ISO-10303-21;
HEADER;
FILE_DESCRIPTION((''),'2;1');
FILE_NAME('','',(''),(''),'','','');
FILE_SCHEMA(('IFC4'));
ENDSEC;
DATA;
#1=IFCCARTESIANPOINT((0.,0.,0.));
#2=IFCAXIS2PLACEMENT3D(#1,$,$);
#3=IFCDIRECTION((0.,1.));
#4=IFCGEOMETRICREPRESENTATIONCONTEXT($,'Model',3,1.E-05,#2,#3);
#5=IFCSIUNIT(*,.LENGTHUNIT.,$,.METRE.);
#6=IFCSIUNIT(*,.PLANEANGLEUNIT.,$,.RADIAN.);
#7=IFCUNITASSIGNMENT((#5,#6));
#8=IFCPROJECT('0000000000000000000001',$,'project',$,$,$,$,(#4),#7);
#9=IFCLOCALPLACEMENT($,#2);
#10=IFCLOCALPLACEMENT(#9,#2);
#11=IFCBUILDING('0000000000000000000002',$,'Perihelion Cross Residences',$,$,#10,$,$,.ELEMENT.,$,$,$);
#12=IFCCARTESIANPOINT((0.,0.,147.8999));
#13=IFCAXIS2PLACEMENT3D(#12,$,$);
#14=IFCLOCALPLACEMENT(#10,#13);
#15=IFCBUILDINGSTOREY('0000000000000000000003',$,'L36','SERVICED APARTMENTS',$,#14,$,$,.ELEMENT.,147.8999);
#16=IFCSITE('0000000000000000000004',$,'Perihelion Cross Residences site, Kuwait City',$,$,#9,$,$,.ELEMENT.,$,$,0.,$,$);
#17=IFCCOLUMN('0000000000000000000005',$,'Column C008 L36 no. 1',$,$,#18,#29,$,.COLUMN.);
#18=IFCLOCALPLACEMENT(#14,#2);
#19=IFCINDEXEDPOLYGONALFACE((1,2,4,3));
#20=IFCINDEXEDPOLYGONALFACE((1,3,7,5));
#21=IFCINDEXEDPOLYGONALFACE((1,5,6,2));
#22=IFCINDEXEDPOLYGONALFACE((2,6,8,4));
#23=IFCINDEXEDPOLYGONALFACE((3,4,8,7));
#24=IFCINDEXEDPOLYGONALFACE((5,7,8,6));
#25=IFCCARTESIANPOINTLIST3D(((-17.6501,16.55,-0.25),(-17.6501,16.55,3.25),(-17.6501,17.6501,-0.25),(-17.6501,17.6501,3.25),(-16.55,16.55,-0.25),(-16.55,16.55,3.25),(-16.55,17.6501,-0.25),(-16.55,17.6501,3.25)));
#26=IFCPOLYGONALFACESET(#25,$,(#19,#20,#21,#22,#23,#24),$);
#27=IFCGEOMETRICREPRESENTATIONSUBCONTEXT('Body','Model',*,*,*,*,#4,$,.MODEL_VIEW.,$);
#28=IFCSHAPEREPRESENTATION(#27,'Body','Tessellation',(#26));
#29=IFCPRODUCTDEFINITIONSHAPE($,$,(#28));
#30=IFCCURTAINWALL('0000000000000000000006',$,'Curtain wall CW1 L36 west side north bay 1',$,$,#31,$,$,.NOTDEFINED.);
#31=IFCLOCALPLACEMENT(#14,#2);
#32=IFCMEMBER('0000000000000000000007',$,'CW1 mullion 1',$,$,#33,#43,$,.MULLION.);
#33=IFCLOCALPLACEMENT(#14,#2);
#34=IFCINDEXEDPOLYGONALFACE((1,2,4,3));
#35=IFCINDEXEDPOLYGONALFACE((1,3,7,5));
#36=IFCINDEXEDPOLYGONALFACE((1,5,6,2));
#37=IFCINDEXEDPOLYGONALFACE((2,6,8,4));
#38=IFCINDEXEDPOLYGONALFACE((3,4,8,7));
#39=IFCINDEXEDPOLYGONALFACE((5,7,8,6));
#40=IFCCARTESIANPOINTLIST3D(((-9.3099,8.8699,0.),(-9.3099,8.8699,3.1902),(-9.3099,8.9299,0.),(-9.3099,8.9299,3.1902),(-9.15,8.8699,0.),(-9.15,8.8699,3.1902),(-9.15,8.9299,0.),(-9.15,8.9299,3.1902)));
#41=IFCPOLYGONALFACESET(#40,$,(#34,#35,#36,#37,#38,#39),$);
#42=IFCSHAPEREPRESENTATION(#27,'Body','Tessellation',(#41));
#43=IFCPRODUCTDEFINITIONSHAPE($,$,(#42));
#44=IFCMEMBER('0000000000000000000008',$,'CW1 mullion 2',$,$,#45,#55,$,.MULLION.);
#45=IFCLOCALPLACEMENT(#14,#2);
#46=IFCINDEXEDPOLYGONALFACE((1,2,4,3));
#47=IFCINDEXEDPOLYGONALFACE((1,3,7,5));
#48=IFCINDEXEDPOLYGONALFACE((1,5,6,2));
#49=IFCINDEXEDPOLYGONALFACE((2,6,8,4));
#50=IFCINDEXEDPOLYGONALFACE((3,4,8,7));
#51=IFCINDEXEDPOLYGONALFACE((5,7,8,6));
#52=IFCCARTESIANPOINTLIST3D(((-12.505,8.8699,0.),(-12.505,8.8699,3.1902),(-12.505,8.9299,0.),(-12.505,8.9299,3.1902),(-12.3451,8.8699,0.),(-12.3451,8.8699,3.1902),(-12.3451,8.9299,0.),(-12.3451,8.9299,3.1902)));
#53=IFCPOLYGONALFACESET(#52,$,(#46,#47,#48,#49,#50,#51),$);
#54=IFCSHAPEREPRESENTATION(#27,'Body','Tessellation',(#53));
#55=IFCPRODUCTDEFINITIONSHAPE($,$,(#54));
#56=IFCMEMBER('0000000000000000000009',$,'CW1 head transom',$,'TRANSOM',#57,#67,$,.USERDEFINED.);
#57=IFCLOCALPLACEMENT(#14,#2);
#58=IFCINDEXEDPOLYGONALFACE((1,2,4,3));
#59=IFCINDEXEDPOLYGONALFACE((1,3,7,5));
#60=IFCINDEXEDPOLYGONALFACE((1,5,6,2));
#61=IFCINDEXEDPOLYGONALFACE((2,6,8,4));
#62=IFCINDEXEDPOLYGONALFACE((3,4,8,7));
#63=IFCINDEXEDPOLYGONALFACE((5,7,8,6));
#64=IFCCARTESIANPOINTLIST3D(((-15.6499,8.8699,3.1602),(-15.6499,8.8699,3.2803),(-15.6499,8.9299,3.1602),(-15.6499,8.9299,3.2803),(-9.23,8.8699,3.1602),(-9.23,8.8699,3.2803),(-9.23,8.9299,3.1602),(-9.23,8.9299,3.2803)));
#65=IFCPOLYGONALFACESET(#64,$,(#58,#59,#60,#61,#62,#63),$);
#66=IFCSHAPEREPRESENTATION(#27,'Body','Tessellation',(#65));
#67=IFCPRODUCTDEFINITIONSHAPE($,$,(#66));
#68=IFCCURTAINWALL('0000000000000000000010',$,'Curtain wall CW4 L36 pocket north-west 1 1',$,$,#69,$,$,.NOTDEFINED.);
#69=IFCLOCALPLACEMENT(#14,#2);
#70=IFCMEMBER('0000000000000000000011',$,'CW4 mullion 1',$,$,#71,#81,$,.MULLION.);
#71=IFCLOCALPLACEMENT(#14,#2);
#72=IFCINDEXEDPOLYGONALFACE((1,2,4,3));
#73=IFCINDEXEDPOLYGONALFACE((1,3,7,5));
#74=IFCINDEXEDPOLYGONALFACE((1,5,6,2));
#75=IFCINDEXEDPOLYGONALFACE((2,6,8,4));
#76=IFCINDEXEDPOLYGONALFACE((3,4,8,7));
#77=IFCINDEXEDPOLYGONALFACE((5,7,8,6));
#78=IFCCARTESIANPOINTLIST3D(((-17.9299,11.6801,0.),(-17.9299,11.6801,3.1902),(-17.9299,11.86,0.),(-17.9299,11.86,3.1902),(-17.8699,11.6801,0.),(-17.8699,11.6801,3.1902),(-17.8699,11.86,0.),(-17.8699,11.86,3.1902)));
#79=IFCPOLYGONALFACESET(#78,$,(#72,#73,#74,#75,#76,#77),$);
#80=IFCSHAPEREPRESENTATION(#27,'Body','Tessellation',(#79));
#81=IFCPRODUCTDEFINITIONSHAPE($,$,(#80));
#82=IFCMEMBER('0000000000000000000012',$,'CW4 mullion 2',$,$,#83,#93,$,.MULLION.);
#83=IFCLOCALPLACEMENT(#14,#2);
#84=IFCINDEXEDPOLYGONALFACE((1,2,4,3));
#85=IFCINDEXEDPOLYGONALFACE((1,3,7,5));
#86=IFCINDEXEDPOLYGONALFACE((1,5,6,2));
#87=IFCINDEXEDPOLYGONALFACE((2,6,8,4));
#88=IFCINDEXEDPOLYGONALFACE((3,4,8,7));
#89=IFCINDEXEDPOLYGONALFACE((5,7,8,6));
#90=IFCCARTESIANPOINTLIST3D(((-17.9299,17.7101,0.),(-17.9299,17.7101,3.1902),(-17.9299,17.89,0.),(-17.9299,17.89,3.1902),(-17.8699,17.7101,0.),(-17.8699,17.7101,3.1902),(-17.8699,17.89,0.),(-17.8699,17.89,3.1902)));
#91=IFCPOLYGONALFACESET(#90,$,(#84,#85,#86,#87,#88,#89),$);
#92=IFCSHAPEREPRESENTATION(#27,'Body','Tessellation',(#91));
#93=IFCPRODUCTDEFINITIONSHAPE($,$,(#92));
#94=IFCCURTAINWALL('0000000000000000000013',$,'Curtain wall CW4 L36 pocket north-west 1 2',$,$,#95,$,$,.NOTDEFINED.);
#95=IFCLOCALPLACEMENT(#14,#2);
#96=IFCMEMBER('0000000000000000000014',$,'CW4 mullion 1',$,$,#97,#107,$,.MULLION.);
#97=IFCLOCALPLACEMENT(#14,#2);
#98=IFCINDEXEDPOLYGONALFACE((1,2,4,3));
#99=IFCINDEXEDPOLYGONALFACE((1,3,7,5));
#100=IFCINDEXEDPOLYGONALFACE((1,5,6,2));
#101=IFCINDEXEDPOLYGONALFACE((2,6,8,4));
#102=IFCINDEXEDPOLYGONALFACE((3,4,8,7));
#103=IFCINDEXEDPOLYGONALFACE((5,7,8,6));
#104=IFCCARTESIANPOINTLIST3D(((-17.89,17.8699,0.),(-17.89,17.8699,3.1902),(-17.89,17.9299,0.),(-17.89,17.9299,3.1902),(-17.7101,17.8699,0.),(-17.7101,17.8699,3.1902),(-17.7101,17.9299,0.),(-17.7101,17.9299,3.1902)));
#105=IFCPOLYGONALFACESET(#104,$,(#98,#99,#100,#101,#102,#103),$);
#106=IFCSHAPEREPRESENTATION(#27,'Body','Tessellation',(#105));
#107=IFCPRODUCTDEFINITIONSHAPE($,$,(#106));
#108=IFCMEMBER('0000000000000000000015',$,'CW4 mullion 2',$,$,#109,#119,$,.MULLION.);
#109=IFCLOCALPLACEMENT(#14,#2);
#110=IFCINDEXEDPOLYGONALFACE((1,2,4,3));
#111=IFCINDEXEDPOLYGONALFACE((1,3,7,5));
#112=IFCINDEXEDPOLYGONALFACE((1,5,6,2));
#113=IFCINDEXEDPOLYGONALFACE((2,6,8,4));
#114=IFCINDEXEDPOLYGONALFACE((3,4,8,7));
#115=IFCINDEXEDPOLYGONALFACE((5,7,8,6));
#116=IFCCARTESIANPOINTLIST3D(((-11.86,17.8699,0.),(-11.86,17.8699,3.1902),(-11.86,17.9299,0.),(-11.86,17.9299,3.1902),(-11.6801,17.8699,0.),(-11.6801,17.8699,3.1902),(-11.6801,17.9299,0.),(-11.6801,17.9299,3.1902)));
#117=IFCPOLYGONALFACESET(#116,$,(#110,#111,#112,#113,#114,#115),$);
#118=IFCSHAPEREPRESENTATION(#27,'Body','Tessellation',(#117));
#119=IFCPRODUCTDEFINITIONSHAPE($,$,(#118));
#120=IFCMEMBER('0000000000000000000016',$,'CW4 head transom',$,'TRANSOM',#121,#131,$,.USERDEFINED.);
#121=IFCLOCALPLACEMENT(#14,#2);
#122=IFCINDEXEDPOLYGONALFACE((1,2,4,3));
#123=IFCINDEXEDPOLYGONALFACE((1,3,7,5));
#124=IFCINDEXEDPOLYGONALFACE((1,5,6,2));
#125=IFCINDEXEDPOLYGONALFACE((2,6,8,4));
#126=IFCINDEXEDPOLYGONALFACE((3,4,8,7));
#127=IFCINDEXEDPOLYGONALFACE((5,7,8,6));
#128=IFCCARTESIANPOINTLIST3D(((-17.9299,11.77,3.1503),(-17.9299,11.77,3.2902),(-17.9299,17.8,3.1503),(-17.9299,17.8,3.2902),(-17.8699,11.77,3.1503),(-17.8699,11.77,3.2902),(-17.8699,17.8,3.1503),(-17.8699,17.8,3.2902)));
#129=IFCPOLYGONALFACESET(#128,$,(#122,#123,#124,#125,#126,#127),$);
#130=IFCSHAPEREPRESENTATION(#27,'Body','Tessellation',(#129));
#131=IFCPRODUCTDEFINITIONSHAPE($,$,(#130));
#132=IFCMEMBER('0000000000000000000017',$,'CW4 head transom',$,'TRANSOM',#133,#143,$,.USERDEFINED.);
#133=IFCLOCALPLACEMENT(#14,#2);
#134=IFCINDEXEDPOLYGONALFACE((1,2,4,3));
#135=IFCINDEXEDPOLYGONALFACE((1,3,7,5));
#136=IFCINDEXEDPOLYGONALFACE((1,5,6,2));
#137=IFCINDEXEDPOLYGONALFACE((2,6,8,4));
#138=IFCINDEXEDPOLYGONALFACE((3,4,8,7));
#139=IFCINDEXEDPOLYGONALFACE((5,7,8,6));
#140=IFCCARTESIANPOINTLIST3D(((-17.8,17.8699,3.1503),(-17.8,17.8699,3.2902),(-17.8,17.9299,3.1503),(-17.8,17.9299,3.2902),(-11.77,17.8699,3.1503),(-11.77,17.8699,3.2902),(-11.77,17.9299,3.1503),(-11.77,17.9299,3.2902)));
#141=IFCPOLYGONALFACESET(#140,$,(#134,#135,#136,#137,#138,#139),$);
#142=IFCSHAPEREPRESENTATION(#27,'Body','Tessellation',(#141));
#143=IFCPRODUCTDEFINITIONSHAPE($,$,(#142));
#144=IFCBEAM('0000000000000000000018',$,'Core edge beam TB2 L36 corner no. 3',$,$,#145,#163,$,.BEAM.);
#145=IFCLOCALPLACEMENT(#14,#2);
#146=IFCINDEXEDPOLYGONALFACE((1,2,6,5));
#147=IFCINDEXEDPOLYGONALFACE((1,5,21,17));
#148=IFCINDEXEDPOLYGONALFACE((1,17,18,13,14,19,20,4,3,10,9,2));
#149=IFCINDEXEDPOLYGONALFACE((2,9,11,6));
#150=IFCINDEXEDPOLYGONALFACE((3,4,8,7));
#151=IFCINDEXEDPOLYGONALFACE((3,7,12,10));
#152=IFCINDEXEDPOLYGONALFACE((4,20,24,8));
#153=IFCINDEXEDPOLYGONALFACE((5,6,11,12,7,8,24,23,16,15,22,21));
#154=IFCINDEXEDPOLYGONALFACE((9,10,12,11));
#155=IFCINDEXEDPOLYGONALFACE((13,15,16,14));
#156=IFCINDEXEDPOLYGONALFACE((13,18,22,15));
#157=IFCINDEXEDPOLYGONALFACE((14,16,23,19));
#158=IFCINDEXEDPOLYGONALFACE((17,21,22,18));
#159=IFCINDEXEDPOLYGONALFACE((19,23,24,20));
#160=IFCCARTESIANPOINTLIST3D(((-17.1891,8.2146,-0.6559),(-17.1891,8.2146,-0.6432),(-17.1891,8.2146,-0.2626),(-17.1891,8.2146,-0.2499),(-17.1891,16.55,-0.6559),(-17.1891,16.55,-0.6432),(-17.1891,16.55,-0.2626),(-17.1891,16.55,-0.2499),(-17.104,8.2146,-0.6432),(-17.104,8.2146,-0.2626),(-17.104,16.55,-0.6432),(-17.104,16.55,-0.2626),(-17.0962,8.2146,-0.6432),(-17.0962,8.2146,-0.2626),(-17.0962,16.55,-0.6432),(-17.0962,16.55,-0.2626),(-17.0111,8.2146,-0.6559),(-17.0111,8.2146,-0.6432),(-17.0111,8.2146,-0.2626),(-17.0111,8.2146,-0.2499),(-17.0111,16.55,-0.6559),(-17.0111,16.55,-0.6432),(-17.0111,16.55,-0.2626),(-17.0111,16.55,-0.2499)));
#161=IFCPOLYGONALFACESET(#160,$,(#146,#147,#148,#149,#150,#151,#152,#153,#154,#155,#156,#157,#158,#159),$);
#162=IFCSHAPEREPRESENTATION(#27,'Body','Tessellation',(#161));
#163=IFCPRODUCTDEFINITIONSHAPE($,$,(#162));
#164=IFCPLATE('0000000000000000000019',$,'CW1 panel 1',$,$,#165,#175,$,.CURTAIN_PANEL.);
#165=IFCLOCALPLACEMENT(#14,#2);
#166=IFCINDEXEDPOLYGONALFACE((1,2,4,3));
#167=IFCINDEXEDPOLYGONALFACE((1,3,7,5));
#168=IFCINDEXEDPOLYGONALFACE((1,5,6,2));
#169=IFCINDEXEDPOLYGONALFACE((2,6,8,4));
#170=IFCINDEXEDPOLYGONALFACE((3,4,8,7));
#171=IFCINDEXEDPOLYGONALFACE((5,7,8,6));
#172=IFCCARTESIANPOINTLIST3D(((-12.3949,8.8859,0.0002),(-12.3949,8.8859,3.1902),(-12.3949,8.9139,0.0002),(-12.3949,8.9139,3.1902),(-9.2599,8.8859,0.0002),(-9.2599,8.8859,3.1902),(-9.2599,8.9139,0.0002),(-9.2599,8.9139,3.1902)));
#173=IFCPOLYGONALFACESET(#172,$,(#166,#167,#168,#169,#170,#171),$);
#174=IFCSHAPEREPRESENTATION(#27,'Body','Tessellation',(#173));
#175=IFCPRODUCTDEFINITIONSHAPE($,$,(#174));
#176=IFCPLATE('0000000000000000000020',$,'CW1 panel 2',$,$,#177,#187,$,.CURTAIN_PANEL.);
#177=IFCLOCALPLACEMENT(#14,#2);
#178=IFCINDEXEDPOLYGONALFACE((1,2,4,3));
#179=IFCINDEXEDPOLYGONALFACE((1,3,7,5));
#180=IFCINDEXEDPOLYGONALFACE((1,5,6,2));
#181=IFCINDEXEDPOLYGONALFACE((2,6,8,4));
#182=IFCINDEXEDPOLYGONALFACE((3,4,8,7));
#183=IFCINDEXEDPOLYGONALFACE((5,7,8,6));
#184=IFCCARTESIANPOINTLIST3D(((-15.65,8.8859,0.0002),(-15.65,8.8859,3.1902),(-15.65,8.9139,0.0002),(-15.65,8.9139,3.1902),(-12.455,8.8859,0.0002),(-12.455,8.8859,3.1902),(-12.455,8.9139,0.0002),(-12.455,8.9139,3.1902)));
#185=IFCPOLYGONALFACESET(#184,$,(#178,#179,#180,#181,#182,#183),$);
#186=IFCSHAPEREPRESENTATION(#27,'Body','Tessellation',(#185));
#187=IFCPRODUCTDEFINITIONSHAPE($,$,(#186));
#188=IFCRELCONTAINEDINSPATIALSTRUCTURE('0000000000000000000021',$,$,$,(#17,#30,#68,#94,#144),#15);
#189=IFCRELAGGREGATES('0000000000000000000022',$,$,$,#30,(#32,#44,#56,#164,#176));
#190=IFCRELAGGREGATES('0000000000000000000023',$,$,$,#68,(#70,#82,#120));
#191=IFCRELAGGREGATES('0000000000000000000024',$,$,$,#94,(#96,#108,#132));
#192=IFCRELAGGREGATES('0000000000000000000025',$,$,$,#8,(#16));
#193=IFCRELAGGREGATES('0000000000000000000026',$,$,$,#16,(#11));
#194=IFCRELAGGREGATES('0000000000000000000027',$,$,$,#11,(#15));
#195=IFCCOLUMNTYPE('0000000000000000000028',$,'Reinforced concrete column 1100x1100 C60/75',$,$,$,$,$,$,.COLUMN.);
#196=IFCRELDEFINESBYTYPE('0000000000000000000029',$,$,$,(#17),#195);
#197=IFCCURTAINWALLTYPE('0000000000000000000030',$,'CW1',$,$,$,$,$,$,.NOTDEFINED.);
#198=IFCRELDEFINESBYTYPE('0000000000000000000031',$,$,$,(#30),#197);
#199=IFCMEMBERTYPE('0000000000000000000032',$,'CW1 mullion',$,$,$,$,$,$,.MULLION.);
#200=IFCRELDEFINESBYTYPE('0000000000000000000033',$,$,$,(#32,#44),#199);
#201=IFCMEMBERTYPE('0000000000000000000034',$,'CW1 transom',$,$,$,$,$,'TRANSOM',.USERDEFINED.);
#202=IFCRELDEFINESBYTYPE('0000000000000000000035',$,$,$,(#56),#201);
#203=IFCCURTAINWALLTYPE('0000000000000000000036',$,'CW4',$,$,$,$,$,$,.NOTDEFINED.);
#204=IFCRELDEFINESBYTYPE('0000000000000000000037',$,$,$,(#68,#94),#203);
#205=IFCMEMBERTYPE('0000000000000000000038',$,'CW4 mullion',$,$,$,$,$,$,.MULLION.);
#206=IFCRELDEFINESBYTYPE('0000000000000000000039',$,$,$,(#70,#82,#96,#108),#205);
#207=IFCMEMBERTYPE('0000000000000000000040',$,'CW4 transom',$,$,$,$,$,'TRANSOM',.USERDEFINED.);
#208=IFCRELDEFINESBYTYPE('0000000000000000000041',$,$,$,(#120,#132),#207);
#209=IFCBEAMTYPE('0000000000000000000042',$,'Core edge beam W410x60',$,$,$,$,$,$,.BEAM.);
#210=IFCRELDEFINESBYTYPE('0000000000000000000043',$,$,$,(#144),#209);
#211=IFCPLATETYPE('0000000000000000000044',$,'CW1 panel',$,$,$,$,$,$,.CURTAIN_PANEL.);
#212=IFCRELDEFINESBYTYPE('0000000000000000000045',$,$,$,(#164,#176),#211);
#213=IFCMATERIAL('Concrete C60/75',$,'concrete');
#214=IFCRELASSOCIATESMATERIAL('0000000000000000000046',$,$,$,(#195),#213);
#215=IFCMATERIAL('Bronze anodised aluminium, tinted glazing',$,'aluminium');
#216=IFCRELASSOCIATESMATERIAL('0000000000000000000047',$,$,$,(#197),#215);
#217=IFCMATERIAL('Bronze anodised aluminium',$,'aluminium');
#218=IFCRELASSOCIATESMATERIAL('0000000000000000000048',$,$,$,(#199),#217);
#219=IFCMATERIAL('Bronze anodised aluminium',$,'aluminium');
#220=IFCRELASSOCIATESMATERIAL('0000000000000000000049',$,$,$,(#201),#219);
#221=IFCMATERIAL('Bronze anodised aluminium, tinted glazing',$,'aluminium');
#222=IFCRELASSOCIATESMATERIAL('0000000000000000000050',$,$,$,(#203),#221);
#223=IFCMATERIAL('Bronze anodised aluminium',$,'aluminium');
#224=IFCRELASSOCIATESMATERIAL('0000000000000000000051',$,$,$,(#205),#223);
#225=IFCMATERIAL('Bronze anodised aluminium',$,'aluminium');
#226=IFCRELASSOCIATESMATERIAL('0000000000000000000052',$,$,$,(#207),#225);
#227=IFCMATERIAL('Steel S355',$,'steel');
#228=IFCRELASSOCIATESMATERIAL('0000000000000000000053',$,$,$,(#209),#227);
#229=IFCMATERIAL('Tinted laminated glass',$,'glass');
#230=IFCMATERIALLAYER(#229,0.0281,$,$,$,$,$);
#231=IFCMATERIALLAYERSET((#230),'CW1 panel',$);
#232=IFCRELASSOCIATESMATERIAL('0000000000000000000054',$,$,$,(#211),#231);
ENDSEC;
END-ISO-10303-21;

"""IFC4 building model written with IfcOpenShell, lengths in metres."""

from ifc_helpers import new_model, si_unit, direction, frame, origin, origin_2d, place, context, subcontext, project, spatial, rectangle, i_section, extrude, material, layer, layer_set, material_profile, profile_set, type_object, element, aggregate, save


model = new_model("IFC4")

# Units and contexts
model_context = context("Model", 3, precision=1e-05, world=origin(), true_north=direction((0.0, 1.0)))
body_context = subcontext(model_context, "Body", "Model", "MODEL_VIEW")
ifc_project = project(units=[si_unit("LENGTHUNIT", "METRE"), si_unit("PLANEANGLEUNIT", "RADIAN")], contexts=[model_context])

# Site, building, storey
site_placement = place(None, origin())
site = spatial("IfcSite", under=ifc_project, at=site_placement, Name="Perihelion Cross Residences site, Kuwait City", CompositionType="ELEMENT", RefElevation=0.0)
building_placement = place(site_placement, origin())
building = spatial("IfcBuilding", under=site, at=building_placement, Name="Perihelion Cross Residences", CompositionType="ELEMENT")
storey_placement = place(building_placement, frame((0.0, 0.0, 147.8999)))
storey = spatial("IfcBuildingStorey", under=building, at=storey_placement, Name="L36", Description="SERVICED APARTMENTS", CompositionType="ELEMENT", Elevation=147.8999)

# Column
ifc_material_1 = material(Name="Concrete C60/75", Category="concrete")
ifc_material_profile_1 = material_profile(ifc_material_1, rectangle(XDim=1.1001, YDim=1.1001, at=origin_2d()), Name="RC 1100x1100")
ifc_profile_set_1 = profile_set([ifc_material_profile_1], Name="Concrete C60/75")
column_type = type_object("IfcColumnType", Name="Reinforced concrete column 1100x1100 C60/75", PredefinedType="COLUMN", material=ifc_profile_set_1)
column_placement = place(storey_placement, frame((-17.1001, 17.1001, -0.25), z_axis=(0.0, 0.0, 1.0), x_axis=(1.0, 0.0, 0.0)))
element("IfcColumn", 1, at=column_placement, inside=storey, type_object=column_type, Name="Column C008 L36 no. 1", PredefinedType="COLUMN", context=body_context, shape_type="SweptSolid", body=[
    extrude(rectangle(XDim=1.1001, YDim=1.1001, at=origin_2d()), origin(), (0.0, 0.0, 1.0), 3.5),
])

# Curtain walls, members
ifc_material_2 = material(Name="Bronze anodised aluminium, tinted glazing", Category="aluminium")
curtain_wall_type_1 = type_object("IfcCurtainWallType", Name="CW1", PredefinedType="NOTDEFINED", material=ifc_material_2)
curtain_wall_1_placement = place(storey_placement, origin())
curtain_wall_1 = element("IfcCurtainWall", 2, at=curtain_wall_1_placement, inside=storey, type_object=curtain_wall_type_1, Name="Curtain wall CW1 L36 west side north bay 1", PredefinedType="NOTDEFINED")
ifc_material_3 = material(Name="Bronze anodised aluminium", Category="aluminium")
ifc_material_profile_2 = material_profile(ifc_material_3, rectangle(XDim=0.0601, YDim=0.1599, at=origin_2d()), Name="CW1 mullion")
ifc_profile_set_2 = profile_set([ifc_material_profile_2], Name="Bronze anodised aluminium")
member_type_1 = type_object("IfcMemberType", Name="CW1 mullion", PredefinedType="MULLION", material=ifc_profile_set_2)
member_1_placement = place(storey_placement, frame((-9.23, 8.8999, 0.0), z_axis=(0.0, 0.0, 1.0), x_axis=(0.0, -1.0, 0.0)))
member_1 = element("IfcMember", 3, at=member_1_placement, type_object=member_type_1, Name="CW1 mullion 1", PredefinedType="MULLION", context=body_context, shape_type="SweptSolid", body=[
    extrude(rectangle(XDim=0.0601, YDim=0.1599, at=origin_2d()), origin(), (0.0, 0.0, 1.0), 3.1902),
])
member_2_placement = place(storey_placement, frame((-12.425, 8.8999, 0.0), z_axis=(0.0, 0.0, 1.0), x_axis=(0.0, -1.0, 0.0)))
member_2 = element("IfcMember", 4, at=member_2_placement, type_object=member_type_1, Name="CW1 mullion 2", PredefinedType="MULLION", context=body_context, shape_type="SweptSolid", body=[
    extrude(rectangle(XDim=0.0601, YDim=0.1599, at=origin_2d()), origin(), (0.0, 0.0, 1.0), 3.1902),
])
ifc_material_4 = material(Name="Bronze anodised aluminium", Category="aluminium")
ifc_material_profile_3 = material_profile(ifc_material_4, rectangle(XDim=0.0601, YDim=0.1201, at=origin_2d()), Name="CW1 transom")
ifc_profile_set_3 = profile_set([ifc_material_profile_3], Name="Bronze anodised aluminium")
member_type_2 = type_object("IfcMemberType", Name="CW1 transom", ElementType="TRANSOM", PredefinedType="USERDEFINED", material=ifc_profile_set_3)
member_3_placement = place(storey_placement, frame((-9.23, 8.8999, 3.2202), z_axis=(-1.0, 0.0, 0.0), x_axis=(0.0, -1.0, 0.0)))
member_3 = element("IfcMember", 5, at=member_3_placement, type_object=member_type_2, Name="CW1 head transom", ObjectType="TRANSOM", PredefinedType="USERDEFINED", context=body_context, shape_type="SweptSolid", body=[
    extrude(rectangle(XDim=0.0601, YDim=0.1201, at=origin_2d()), origin(), (0.0, 0.0, 1.0), 6.4199),
])
ifc_material_5 = material(Name="Bronze anodised aluminium, tinted glazing", Category="aluminium")
curtain_wall_type_2 = type_object("IfcCurtainWallType", Name="CW4", PredefinedType="NOTDEFINED", material=ifc_material_5)
curtain_wall_2_placement = place(storey_placement, origin())
curtain_wall_2 = element("IfcCurtainWall", 6, at=curtain_wall_2_placement, inside=storey, type_object=curtain_wall_type_2, Name="Curtain wall CW4 L36 pocket north-west 1 1", PredefinedType="NOTDEFINED")
ifc_material_6 = material(Name="Bronze anodised aluminium", Category="aluminium")
ifc_material_profile_4 = material_profile(ifc_material_6, rectangle(XDim=0.0601, YDim=0.1799, at=origin_2d()), Name="CW4 mullion")
ifc_profile_set_4 = profile_set([ifc_material_profile_4], Name="Bronze anodised aluminium")
member_type_3 = type_object("IfcMemberType", Name="CW4 mullion", PredefinedType="MULLION", material=ifc_profile_set_4)
member_4_placement = place(storey_placement, frame((-17.8999, 11.77, 0.0), z_axis=(0.0, 0.0, 1.0), x_axis=(-1.0, 0.0, 0.0)))
member_4 = element("IfcMember", 7, at=member_4_placement, type_object=member_type_3, Name="CW4 mullion 1", PredefinedType="MULLION", context=body_context, shape_type="SweptSolid", body=[
    extrude(rectangle(XDim=0.0601, YDim=0.1799, at=origin_2d()), origin(), (0.0, 0.0, 1.0), 3.1902),
])
member_5_placement = place(storey_placement, frame((-17.8999, 17.8, 0.0), z_axis=(0.0, 0.0, 1.0), x_axis=(-1.0, 0.0, 0.0)))
member_5 = element("IfcMember", 8, at=member_5_placement, type_object=member_type_3, Name="CW4 mullion 2", PredefinedType="MULLION", context=body_context, shape_type="SweptSolid", body=[
    extrude(rectangle(XDim=0.0601, YDim=0.1799, at=origin_2d()), origin(), (0.0, 0.0, 1.0), 3.1902),
])
curtain_wall_3_placement = place(storey_placement, origin())
curtain_wall_3 = element("IfcCurtainWall", 9, at=curtain_wall_3_placement, inside=storey, type_object=curtain_wall_type_2, Name="Curtain wall CW4 L36 pocket north-west 1 2", PredefinedType="NOTDEFINED")
member_6_placement = place(storey_placement, frame((-17.8, 17.8999, 0.0), z_axis=(0.0, 0.0, 1.0), x_axis=(0.0, 1.0, 0.0)))
member_6 = element("IfcMember", 10, at=member_6_placement, type_object=member_type_3, Name="CW4 mullion 1", PredefinedType="MULLION", context=body_context, shape_type="SweptSolid", body=[
    extrude(rectangle(XDim=0.0601, YDim=0.1799, at=origin_2d()), origin(), (0.0, 0.0, 1.0), 3.1902),
])
member_7_placement = place(storey_placement, frame((-11.77, 17.8999, 0.0), z_axis=(0.0, 0.0, 1.0), x_axis=(0.0, 1.0, 0.0)))
member_7 = element("IfcMember", 11, at=member_7_placement, type_object=member_type_3, Name="CW4 mullion 2", PredefinedType="MULLION", context=body_context, shape_type="SweptSolid", body=[
    extrude(rectangle(XDim=0.0601, YDim=0.1799, at=origin_2d()), origin(), (0.0, 0.0, 1.0), 3.1902),
])

# Members
ifc_material_7 = material(Name="Bronze anodised aluminium", Category="aluminium")
ifc_material_profile_5 = material_profile(ifc_material_7, rectangle(XDim=0.0601, YDim=0.1399, at=origin_2d()), Name="CW4 transom")
ifc_profile_set_5 = profile_set([ifc_material_profile_5], Name="Bronze anodised aluminium")
member_type_4 = type_object("IfcMemberType", Name="CW4 transom", ElementType="TRANSOM", PredefinedType="USERDEFINED", material=ifc_profile_set_5)
member_8_placement = place(storey_placement, frame((-17.8999, 11.77, 3.2202), z_axis=(0.0, 1.0, 0.0), x_axis=(-1.0, 0.0, 0.0)))
member_8 = element("IfcMember", 12, at=member_8_placement, type_object=member_type_4, Name="CW4 head transom", ObjectType="TRANSOM", PredefinedType="USERDEFINED", context=body_context, shape_type="SweptSolid", body=[
    extrude(rectangle(XDim=0.0601, YDim=0.1399, at=origin_2d()), origin(), (0.0, 0.0, 1.0), 6.03),
])
member_9_placement = place(storey_placement, frame((-17.8, 17.8999, 3.2202), z_axis=(1.0, 0.0, 0.0), x_axis=(0.0, 1.0, 0.0)))
member_9 = element("IfcMember", 13, at=member_9_placement, type_object=member_type_4, Name="CW4 head transom", ObjectType="TRANSOM", PredefinedType="USERDEFINED", context=body_context, shape_type="SweptSolid", body=[
    extrude(rectangle(XDim=0.0601, YDim=0.1399, at=origin_2d()), origin(), (0.0, 0.0, 1.0), 6.03),
])

# Beam
ifc_material_8 = material(Name="Steel S355", Category="steel")
ifc_material_profile_6 = material_profile(ifc_material_8, i_section(OverallWidth=0.178, OverallDepth=0.406, WebThickness=0.0078, FlangeThickness=0.0127, at=origin_2d()), Name="W410x60")
ifc_profile_set_6 = profile_set([ifc_material_profile_6], Name="Steel S355")
beam_type = type_object("IfcBeamType", Name="Core edge beam W410x60", PredefinedType="BEAM", material=ifc_profile_set_6)
beam_placement = place(storey_placement, frame((-17.1001, 8.2146, -0.4529), z_axis=(0.0, 1.0, 0.0), x_axis=(-1.0, 0.0, 0.0)))
element("IfcBeam", 14, at=beam_placement, inside=storey, type_object=beam_type, Name="Core edge beam TB2 L36 corner no. 3", PredefinedType="BEAM", context=body_context, shape_type="SweptSolid", body=[
    extrude(i_section(OverallWidth=0.178, OverallDepth=0.406, WebThickness=0.0078, FlangeThickness=0.0127, at=origin_2d()), origin(), (0.0, 0.0, 1.0), 8.3354),
])

# Plates
ifc_material_9 = material(Name="Tinted laminated glass", Category="glass")
ifc_layer_1 = layer(ifc_material_9, 0.0281)
ifc_layer_set_1 = layer_set([ifc_layer_1], Name="CW1 panel")
plate_type_1 = type_object("IfcPlateType", Name="CW1 panel", PredefinedType="CURTAIN_PANEL", material=ifc_layer_set_1)
plate_1_placement = place(storey_placement, frame((-10.8274, 8.8999, 0.0002), z_axis=(0.0, 0.0, 1.0), x_axis=(-1.0, 0.0, 0.0)))
plate_1 = element("IfcPlate", 15, at=plate_1_placement, type_object=plate_type_1, Name="CW1 panel 1", PredefinedType="CURTAIN_PANEL", context=body_context, shape_type="SweptSolid", body=[
    extrude(rectangle(XDim=3.135, YDim=0.0281, at=origin_2d()), origin(), (0.0, 0.0, 1.0), 3.1899),
])
plate_2_placement = place(storey_placement, frame((-14.0525, 8.8999, 0.0002), z_axis=(0.0, 0.0, 1.0), x_axis=(-1.0, 0.0, 0.0)))
plate_2 = element("IfcPlate", 16, at=plate_2_placement, type_object=plate_type_1, Name="CW1 panel 2", PredefinedType="CURTAIN_PANEL", context=body_context, shape_type="SweptSolid", body=[
    extrude(rectangle(XDim=3.1951, YDim=0.0281, at=origin_2d()), origin(), (0.0, 0.0, 1.0), 3.1899),
])
aggregate(curtain_wall_1, [member_1, member_2, member_3, plate_1, plate_2])
aggregate(curtain_wall_2, [member_4, member_5, member_8])
aggregate(curtain_wall_3, [member_6, member_7, member_9])

save(model, "model.ifc")
